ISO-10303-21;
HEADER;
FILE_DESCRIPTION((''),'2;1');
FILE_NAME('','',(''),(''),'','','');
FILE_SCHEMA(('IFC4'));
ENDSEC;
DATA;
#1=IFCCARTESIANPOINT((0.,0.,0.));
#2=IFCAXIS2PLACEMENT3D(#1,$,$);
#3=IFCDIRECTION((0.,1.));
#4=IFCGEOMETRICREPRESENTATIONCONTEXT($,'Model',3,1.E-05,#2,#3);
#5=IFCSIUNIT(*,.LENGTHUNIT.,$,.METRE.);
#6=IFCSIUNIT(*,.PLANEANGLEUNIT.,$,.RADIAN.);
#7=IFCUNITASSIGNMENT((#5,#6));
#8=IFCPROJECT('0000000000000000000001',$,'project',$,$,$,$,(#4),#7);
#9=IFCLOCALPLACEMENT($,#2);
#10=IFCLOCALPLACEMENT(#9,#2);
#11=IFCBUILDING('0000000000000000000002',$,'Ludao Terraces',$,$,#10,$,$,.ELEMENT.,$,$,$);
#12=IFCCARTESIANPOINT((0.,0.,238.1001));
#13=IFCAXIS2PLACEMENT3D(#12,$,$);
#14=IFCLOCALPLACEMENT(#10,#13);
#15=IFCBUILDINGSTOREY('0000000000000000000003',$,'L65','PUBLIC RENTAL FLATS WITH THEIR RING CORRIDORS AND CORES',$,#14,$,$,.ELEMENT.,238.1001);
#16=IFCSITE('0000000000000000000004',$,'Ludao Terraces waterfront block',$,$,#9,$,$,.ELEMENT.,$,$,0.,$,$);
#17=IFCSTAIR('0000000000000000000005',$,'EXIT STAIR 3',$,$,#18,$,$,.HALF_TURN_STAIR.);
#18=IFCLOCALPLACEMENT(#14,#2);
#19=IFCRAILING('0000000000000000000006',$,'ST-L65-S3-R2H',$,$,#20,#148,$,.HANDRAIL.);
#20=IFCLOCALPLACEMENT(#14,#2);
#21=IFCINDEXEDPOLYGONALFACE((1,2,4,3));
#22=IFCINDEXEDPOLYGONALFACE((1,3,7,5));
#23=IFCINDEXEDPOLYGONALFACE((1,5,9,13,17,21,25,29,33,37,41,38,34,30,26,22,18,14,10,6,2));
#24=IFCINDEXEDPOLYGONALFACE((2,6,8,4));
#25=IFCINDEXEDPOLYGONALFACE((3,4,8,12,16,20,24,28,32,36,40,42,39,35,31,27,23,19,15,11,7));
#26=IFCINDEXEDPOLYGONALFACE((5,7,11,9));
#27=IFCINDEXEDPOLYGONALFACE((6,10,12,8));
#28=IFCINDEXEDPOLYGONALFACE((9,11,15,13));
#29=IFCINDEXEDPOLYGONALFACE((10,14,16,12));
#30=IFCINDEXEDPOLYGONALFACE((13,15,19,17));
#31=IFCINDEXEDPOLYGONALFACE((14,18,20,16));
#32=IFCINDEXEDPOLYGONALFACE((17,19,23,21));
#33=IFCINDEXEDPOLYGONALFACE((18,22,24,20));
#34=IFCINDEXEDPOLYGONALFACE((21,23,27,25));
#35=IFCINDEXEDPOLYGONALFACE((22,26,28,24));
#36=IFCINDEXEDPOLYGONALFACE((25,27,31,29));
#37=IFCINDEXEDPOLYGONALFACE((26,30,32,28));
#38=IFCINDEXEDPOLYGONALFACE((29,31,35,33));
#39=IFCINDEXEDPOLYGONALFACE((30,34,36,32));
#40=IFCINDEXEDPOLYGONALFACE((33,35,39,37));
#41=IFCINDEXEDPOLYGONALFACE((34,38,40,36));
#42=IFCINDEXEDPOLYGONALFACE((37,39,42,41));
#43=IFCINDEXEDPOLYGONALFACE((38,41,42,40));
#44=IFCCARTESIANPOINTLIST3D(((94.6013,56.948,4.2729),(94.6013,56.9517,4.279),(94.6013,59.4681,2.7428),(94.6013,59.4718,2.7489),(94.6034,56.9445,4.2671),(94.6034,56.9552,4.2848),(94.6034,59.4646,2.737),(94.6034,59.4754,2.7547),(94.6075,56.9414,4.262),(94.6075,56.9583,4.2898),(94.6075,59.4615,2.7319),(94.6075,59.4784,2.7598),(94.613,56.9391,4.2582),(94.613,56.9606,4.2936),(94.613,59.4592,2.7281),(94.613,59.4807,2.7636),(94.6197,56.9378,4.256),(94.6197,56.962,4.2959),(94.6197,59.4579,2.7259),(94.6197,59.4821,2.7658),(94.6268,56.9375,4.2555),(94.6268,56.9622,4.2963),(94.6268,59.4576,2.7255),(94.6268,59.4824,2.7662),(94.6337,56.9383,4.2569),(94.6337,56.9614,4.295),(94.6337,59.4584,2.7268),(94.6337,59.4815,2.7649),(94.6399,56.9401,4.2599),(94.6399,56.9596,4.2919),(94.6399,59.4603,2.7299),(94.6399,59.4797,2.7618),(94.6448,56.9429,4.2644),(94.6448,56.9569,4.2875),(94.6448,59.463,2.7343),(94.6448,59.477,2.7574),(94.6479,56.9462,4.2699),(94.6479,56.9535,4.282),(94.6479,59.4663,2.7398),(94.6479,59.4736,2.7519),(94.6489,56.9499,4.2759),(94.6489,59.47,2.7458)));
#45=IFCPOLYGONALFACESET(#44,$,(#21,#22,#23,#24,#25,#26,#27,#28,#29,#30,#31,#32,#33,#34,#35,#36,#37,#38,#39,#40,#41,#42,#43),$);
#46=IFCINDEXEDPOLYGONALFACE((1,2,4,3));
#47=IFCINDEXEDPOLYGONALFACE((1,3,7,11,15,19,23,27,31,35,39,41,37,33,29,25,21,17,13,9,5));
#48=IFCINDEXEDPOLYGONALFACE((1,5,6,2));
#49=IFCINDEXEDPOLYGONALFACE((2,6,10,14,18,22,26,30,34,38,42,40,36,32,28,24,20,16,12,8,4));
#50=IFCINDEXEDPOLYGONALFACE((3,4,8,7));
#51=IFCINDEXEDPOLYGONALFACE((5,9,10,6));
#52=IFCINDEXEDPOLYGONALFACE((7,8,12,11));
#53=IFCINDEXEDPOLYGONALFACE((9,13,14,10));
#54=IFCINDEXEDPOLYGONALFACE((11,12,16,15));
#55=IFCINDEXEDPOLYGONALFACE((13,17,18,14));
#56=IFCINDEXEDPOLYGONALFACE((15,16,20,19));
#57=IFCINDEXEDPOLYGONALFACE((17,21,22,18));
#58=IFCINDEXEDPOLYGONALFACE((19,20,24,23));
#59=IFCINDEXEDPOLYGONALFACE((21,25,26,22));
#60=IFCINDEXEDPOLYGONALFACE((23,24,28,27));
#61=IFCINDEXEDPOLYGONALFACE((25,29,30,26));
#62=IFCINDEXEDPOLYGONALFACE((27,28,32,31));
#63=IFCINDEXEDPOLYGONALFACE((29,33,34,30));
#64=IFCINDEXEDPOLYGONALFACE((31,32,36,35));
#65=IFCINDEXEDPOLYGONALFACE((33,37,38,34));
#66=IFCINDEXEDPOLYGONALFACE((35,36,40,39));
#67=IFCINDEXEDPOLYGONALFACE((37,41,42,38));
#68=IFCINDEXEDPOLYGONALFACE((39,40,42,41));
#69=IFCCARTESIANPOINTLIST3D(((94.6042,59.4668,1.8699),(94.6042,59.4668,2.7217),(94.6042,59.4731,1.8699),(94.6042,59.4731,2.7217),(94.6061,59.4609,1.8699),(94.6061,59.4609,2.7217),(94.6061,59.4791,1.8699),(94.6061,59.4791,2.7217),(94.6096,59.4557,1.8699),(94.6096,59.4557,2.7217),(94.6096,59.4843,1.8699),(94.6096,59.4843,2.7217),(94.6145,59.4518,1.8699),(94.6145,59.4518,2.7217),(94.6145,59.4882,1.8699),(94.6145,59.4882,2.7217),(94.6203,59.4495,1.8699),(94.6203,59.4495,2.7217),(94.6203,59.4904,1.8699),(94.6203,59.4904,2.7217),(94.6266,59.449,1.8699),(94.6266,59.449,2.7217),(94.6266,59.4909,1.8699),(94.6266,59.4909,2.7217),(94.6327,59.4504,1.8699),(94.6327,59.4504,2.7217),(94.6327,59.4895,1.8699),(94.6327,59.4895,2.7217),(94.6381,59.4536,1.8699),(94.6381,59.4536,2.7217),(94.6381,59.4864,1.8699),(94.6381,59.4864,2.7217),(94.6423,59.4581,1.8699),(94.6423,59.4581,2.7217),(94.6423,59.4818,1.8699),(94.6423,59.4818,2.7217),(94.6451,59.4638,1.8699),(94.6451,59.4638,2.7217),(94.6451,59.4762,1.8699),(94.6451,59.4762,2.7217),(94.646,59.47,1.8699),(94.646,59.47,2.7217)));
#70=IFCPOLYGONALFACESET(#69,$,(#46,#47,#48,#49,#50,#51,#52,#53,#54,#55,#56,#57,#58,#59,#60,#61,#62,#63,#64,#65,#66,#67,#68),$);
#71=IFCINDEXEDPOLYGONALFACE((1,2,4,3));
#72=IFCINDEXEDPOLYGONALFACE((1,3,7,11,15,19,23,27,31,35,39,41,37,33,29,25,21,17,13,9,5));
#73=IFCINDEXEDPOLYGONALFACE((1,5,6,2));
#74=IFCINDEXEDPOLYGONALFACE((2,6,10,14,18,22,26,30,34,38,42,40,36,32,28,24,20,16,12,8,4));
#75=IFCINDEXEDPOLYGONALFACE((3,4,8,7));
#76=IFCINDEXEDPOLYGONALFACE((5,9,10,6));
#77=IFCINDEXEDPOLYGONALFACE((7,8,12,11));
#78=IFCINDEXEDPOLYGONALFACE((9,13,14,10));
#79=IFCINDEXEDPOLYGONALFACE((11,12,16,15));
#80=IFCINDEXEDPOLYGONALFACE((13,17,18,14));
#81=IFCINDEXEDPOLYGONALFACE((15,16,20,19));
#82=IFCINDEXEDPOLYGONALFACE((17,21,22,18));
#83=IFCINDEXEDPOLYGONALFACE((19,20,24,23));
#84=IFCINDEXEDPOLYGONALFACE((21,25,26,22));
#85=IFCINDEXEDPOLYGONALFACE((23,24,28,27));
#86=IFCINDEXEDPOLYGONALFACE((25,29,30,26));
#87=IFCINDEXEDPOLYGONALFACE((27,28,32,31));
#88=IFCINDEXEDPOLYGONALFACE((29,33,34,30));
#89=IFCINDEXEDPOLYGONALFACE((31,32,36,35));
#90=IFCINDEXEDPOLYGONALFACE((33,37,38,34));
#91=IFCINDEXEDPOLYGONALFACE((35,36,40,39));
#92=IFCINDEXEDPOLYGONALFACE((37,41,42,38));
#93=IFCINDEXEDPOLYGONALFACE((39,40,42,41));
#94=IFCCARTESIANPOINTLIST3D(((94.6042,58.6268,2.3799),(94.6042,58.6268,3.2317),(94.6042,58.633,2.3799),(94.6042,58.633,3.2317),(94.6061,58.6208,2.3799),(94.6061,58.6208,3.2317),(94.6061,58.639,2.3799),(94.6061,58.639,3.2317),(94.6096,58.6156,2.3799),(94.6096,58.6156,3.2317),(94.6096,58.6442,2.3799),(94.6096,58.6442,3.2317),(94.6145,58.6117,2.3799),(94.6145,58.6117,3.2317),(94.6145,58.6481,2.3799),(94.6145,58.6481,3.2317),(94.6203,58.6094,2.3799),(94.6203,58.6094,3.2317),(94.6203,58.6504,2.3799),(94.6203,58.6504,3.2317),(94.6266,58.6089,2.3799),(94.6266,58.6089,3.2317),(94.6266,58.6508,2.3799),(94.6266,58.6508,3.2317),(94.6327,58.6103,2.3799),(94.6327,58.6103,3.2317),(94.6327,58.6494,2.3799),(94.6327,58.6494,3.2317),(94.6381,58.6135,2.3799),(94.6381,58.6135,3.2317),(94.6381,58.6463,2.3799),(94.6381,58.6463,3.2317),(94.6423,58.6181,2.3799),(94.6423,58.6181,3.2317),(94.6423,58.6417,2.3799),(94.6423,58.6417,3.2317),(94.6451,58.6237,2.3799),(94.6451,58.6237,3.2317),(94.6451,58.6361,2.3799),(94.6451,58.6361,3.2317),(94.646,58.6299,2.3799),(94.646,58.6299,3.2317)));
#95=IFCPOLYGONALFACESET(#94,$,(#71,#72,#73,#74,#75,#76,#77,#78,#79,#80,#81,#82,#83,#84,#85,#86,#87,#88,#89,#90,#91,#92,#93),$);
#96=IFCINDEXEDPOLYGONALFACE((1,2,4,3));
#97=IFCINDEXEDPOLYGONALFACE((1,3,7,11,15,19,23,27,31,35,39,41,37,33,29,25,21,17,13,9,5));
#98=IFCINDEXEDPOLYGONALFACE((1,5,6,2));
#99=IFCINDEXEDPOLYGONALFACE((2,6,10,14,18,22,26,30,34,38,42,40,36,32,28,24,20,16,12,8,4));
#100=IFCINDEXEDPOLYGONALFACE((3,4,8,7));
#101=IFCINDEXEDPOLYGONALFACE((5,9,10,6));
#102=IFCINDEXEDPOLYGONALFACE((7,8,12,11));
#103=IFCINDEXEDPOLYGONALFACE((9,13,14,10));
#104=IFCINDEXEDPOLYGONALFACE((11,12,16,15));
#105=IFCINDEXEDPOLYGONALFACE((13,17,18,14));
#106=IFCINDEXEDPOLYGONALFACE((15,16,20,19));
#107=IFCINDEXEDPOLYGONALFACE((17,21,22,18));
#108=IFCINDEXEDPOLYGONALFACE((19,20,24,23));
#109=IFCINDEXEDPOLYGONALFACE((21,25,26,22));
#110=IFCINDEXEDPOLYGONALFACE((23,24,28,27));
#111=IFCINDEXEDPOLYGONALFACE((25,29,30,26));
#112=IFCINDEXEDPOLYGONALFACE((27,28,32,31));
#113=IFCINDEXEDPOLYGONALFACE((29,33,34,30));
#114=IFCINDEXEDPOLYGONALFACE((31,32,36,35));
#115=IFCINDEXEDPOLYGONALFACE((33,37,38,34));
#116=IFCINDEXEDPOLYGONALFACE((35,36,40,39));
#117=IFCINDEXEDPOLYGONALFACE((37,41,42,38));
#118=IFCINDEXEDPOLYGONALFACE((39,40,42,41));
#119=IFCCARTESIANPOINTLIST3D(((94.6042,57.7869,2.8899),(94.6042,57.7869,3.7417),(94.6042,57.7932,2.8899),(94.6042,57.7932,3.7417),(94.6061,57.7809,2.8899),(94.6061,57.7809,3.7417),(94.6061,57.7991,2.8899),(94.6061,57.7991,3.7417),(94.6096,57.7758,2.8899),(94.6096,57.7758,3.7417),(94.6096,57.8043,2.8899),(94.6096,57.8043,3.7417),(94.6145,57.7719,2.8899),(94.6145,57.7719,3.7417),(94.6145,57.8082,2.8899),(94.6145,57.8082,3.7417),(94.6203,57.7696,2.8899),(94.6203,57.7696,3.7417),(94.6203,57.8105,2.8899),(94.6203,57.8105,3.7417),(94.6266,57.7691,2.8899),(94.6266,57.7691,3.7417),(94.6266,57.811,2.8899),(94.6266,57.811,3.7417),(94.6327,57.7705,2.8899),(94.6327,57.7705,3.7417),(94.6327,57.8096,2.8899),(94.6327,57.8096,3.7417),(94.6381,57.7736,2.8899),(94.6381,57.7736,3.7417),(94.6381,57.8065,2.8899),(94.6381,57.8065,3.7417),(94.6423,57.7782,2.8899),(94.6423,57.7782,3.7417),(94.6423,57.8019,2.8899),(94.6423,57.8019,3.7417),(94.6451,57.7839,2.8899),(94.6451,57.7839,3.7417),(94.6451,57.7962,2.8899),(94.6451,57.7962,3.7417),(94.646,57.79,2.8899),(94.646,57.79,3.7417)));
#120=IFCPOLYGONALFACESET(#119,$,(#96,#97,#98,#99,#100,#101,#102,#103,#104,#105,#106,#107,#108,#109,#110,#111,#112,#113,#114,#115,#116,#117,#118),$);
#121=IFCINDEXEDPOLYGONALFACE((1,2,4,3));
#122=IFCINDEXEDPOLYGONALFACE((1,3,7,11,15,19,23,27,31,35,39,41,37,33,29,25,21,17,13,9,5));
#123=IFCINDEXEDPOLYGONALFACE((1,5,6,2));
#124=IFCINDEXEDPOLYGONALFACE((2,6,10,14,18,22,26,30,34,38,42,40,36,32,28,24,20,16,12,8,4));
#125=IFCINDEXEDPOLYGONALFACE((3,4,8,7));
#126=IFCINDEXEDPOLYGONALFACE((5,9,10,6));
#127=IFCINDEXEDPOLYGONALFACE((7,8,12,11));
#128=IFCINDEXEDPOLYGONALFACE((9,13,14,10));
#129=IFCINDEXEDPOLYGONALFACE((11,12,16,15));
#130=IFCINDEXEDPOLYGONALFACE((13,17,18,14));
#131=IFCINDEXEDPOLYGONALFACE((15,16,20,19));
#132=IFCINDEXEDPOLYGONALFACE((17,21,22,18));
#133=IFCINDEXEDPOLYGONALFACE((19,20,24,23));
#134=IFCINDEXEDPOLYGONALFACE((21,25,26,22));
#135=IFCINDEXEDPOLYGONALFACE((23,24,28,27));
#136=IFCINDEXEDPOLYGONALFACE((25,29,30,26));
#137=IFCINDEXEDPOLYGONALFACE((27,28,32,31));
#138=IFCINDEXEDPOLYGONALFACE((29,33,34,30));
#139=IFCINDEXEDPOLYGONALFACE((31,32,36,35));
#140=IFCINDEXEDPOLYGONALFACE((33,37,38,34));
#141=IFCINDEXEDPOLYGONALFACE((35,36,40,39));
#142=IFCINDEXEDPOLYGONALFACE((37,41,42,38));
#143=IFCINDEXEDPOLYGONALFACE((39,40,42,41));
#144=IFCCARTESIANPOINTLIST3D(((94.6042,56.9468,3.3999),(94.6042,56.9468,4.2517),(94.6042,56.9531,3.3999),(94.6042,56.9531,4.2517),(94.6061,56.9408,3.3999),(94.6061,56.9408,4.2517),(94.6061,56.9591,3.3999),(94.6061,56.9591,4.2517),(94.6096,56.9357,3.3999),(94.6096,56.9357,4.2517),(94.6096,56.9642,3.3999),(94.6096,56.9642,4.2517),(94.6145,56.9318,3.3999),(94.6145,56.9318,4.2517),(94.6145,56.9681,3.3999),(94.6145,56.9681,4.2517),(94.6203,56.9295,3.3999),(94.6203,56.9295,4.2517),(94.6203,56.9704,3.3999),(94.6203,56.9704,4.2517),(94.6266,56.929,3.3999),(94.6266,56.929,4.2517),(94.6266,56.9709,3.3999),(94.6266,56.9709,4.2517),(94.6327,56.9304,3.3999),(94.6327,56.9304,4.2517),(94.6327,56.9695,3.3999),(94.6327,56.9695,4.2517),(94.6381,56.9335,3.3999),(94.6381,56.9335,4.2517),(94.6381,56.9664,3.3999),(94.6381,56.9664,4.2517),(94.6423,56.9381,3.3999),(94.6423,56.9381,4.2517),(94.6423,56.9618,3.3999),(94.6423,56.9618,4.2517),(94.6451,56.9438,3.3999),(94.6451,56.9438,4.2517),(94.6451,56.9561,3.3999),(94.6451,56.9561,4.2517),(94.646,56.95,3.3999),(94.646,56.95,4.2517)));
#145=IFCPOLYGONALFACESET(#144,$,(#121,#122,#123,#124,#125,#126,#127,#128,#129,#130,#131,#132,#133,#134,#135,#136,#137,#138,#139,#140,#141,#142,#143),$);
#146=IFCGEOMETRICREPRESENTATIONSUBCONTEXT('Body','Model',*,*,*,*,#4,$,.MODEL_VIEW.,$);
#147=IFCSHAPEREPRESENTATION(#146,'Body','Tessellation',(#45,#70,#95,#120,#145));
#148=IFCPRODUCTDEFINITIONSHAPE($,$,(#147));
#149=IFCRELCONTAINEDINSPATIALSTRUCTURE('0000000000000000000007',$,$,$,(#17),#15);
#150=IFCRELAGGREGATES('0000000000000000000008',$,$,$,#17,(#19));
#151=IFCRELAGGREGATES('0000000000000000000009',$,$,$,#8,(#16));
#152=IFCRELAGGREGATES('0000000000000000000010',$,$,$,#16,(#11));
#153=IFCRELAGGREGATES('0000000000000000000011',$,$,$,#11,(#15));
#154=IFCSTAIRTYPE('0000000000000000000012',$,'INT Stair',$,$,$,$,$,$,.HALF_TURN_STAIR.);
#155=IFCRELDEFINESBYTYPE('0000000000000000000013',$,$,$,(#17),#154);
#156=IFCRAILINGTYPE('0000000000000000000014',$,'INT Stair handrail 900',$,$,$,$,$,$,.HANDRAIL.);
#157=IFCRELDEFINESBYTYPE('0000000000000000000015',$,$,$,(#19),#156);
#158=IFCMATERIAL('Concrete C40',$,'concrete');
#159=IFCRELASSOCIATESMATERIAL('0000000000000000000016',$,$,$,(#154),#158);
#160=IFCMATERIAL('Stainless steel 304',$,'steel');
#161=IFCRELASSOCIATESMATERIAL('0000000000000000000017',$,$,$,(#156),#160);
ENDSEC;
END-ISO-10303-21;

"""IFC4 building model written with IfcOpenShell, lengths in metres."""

from ifc_helpers import new_model, si_unit, direction, frame, origin, origin_2d, place, context, subcontext, project, spatial, circle, extrude, material, type_object, element, aggregate, save


model = new_model("IFC4")

# Units and contexts
model_context = context("Model", 3, precision=1e-05, world=origin(), true_north=direction((0.0, 1.0)))
body_context = subcontext(model_context, "Body", "Model", "MODEL_VIEW")
ifc_project = project(units=[si_unit("LENGTHUNIT", "METRE"), si_unit("PLANEANGLEUNIT", "RADIAN")], contexts=[model_context])

# Site, building, storey
site_placement = place(None, origin())
site = spatial("IfcSite", under=ifc_project, at=site_placement, Name="Ludao Terraces waterfront block", CompositionType="ELEMENT", RefElevation=0.0)
building_placement = place(site_placement, origin())
building = spatial("IfcBuilding", under=site, at=building_placement, Name="Ludao Terraces", CompositionType="ELEMENT")
storey_placement = place(building_placement, frame((0.0, 0.0, 238.1001)))
storey = spatial("IfcBuildingStorey", under=building, at=storey_placement, Name="L65", Description="PUBLIC RENTAL FLATS WITH THEIR RING CORRIDORS AND CORES", CompositionType="ELEMENT", Elevation=238.1001)

# Shared definitions
ifc_material_1 = material(Name="Concrete C40", Category="concrete")

# Stair, railing
stair_type = type_object("IfcStairType", Name="INT Stair", PredefinedType="HALF_TURN_STAIR", material=ifc_material_1)
stair_placement = place(storey_placement, origin())
stair = element("IfcStair", 1, at=stair_placement, inside=storey, type_object=stair_type, Name="EXIT STAIR 3", PredefinedType="HALF_TURN_STAIR")
ifc_material_2 = material(Name="Stainless steel 304", Category="steel")
railing_type_1 = type_object("IfcRailingType", Name="INT Stair handrail 900", PredefinedType="HANDRAIL", material=ifc_material_2)
railing_1_placement = place(storey_placement, frame((94.625, 59.47, 1.8699)))
railing_1 = element("IfcRailing", 2, at=railing_1_placement, type_object=railing_type_1, Name="ST-L65-S3-R2H", PredefinedType="HANDRAIL", context=body_context, shape_type="SweptSolid", body=[
    extrude(circle(Radius=0.0239, at=origin_2d()), frame((0.0, 0.0, 0.876), z_axis=(0.0, -0.854785, 0.518982), x_axis=(1.0, 0.0, 0.0)), (0.0, 0.0, 1.0), 2.9482),
    extrude(circle(Radius=0.021, at=origin_2d()), origin(), (0.0, 0.0, 1.0), 0.8518),
    extrude(circle(Radius=0.021, at=origin_2d()), frame((0.0, -0.8401, 0.51)), (0.0, 0.0, 1.0), 0.8518),
    extrude(circle(Radius=0.021, at=origin_2d()), frame((0.0, -1.6799, 1.02)), (0.0, 0.0, 1.0), 0.8518),
    extrude(circle(Radius=0.021, at=origin_2d()), frame((0.0, -2.52, 1.53)), (0.0, 0.0, 1.0), 0.8518),
])
aggregate(stair, [railing_1])

save(model, "model.ifc")
